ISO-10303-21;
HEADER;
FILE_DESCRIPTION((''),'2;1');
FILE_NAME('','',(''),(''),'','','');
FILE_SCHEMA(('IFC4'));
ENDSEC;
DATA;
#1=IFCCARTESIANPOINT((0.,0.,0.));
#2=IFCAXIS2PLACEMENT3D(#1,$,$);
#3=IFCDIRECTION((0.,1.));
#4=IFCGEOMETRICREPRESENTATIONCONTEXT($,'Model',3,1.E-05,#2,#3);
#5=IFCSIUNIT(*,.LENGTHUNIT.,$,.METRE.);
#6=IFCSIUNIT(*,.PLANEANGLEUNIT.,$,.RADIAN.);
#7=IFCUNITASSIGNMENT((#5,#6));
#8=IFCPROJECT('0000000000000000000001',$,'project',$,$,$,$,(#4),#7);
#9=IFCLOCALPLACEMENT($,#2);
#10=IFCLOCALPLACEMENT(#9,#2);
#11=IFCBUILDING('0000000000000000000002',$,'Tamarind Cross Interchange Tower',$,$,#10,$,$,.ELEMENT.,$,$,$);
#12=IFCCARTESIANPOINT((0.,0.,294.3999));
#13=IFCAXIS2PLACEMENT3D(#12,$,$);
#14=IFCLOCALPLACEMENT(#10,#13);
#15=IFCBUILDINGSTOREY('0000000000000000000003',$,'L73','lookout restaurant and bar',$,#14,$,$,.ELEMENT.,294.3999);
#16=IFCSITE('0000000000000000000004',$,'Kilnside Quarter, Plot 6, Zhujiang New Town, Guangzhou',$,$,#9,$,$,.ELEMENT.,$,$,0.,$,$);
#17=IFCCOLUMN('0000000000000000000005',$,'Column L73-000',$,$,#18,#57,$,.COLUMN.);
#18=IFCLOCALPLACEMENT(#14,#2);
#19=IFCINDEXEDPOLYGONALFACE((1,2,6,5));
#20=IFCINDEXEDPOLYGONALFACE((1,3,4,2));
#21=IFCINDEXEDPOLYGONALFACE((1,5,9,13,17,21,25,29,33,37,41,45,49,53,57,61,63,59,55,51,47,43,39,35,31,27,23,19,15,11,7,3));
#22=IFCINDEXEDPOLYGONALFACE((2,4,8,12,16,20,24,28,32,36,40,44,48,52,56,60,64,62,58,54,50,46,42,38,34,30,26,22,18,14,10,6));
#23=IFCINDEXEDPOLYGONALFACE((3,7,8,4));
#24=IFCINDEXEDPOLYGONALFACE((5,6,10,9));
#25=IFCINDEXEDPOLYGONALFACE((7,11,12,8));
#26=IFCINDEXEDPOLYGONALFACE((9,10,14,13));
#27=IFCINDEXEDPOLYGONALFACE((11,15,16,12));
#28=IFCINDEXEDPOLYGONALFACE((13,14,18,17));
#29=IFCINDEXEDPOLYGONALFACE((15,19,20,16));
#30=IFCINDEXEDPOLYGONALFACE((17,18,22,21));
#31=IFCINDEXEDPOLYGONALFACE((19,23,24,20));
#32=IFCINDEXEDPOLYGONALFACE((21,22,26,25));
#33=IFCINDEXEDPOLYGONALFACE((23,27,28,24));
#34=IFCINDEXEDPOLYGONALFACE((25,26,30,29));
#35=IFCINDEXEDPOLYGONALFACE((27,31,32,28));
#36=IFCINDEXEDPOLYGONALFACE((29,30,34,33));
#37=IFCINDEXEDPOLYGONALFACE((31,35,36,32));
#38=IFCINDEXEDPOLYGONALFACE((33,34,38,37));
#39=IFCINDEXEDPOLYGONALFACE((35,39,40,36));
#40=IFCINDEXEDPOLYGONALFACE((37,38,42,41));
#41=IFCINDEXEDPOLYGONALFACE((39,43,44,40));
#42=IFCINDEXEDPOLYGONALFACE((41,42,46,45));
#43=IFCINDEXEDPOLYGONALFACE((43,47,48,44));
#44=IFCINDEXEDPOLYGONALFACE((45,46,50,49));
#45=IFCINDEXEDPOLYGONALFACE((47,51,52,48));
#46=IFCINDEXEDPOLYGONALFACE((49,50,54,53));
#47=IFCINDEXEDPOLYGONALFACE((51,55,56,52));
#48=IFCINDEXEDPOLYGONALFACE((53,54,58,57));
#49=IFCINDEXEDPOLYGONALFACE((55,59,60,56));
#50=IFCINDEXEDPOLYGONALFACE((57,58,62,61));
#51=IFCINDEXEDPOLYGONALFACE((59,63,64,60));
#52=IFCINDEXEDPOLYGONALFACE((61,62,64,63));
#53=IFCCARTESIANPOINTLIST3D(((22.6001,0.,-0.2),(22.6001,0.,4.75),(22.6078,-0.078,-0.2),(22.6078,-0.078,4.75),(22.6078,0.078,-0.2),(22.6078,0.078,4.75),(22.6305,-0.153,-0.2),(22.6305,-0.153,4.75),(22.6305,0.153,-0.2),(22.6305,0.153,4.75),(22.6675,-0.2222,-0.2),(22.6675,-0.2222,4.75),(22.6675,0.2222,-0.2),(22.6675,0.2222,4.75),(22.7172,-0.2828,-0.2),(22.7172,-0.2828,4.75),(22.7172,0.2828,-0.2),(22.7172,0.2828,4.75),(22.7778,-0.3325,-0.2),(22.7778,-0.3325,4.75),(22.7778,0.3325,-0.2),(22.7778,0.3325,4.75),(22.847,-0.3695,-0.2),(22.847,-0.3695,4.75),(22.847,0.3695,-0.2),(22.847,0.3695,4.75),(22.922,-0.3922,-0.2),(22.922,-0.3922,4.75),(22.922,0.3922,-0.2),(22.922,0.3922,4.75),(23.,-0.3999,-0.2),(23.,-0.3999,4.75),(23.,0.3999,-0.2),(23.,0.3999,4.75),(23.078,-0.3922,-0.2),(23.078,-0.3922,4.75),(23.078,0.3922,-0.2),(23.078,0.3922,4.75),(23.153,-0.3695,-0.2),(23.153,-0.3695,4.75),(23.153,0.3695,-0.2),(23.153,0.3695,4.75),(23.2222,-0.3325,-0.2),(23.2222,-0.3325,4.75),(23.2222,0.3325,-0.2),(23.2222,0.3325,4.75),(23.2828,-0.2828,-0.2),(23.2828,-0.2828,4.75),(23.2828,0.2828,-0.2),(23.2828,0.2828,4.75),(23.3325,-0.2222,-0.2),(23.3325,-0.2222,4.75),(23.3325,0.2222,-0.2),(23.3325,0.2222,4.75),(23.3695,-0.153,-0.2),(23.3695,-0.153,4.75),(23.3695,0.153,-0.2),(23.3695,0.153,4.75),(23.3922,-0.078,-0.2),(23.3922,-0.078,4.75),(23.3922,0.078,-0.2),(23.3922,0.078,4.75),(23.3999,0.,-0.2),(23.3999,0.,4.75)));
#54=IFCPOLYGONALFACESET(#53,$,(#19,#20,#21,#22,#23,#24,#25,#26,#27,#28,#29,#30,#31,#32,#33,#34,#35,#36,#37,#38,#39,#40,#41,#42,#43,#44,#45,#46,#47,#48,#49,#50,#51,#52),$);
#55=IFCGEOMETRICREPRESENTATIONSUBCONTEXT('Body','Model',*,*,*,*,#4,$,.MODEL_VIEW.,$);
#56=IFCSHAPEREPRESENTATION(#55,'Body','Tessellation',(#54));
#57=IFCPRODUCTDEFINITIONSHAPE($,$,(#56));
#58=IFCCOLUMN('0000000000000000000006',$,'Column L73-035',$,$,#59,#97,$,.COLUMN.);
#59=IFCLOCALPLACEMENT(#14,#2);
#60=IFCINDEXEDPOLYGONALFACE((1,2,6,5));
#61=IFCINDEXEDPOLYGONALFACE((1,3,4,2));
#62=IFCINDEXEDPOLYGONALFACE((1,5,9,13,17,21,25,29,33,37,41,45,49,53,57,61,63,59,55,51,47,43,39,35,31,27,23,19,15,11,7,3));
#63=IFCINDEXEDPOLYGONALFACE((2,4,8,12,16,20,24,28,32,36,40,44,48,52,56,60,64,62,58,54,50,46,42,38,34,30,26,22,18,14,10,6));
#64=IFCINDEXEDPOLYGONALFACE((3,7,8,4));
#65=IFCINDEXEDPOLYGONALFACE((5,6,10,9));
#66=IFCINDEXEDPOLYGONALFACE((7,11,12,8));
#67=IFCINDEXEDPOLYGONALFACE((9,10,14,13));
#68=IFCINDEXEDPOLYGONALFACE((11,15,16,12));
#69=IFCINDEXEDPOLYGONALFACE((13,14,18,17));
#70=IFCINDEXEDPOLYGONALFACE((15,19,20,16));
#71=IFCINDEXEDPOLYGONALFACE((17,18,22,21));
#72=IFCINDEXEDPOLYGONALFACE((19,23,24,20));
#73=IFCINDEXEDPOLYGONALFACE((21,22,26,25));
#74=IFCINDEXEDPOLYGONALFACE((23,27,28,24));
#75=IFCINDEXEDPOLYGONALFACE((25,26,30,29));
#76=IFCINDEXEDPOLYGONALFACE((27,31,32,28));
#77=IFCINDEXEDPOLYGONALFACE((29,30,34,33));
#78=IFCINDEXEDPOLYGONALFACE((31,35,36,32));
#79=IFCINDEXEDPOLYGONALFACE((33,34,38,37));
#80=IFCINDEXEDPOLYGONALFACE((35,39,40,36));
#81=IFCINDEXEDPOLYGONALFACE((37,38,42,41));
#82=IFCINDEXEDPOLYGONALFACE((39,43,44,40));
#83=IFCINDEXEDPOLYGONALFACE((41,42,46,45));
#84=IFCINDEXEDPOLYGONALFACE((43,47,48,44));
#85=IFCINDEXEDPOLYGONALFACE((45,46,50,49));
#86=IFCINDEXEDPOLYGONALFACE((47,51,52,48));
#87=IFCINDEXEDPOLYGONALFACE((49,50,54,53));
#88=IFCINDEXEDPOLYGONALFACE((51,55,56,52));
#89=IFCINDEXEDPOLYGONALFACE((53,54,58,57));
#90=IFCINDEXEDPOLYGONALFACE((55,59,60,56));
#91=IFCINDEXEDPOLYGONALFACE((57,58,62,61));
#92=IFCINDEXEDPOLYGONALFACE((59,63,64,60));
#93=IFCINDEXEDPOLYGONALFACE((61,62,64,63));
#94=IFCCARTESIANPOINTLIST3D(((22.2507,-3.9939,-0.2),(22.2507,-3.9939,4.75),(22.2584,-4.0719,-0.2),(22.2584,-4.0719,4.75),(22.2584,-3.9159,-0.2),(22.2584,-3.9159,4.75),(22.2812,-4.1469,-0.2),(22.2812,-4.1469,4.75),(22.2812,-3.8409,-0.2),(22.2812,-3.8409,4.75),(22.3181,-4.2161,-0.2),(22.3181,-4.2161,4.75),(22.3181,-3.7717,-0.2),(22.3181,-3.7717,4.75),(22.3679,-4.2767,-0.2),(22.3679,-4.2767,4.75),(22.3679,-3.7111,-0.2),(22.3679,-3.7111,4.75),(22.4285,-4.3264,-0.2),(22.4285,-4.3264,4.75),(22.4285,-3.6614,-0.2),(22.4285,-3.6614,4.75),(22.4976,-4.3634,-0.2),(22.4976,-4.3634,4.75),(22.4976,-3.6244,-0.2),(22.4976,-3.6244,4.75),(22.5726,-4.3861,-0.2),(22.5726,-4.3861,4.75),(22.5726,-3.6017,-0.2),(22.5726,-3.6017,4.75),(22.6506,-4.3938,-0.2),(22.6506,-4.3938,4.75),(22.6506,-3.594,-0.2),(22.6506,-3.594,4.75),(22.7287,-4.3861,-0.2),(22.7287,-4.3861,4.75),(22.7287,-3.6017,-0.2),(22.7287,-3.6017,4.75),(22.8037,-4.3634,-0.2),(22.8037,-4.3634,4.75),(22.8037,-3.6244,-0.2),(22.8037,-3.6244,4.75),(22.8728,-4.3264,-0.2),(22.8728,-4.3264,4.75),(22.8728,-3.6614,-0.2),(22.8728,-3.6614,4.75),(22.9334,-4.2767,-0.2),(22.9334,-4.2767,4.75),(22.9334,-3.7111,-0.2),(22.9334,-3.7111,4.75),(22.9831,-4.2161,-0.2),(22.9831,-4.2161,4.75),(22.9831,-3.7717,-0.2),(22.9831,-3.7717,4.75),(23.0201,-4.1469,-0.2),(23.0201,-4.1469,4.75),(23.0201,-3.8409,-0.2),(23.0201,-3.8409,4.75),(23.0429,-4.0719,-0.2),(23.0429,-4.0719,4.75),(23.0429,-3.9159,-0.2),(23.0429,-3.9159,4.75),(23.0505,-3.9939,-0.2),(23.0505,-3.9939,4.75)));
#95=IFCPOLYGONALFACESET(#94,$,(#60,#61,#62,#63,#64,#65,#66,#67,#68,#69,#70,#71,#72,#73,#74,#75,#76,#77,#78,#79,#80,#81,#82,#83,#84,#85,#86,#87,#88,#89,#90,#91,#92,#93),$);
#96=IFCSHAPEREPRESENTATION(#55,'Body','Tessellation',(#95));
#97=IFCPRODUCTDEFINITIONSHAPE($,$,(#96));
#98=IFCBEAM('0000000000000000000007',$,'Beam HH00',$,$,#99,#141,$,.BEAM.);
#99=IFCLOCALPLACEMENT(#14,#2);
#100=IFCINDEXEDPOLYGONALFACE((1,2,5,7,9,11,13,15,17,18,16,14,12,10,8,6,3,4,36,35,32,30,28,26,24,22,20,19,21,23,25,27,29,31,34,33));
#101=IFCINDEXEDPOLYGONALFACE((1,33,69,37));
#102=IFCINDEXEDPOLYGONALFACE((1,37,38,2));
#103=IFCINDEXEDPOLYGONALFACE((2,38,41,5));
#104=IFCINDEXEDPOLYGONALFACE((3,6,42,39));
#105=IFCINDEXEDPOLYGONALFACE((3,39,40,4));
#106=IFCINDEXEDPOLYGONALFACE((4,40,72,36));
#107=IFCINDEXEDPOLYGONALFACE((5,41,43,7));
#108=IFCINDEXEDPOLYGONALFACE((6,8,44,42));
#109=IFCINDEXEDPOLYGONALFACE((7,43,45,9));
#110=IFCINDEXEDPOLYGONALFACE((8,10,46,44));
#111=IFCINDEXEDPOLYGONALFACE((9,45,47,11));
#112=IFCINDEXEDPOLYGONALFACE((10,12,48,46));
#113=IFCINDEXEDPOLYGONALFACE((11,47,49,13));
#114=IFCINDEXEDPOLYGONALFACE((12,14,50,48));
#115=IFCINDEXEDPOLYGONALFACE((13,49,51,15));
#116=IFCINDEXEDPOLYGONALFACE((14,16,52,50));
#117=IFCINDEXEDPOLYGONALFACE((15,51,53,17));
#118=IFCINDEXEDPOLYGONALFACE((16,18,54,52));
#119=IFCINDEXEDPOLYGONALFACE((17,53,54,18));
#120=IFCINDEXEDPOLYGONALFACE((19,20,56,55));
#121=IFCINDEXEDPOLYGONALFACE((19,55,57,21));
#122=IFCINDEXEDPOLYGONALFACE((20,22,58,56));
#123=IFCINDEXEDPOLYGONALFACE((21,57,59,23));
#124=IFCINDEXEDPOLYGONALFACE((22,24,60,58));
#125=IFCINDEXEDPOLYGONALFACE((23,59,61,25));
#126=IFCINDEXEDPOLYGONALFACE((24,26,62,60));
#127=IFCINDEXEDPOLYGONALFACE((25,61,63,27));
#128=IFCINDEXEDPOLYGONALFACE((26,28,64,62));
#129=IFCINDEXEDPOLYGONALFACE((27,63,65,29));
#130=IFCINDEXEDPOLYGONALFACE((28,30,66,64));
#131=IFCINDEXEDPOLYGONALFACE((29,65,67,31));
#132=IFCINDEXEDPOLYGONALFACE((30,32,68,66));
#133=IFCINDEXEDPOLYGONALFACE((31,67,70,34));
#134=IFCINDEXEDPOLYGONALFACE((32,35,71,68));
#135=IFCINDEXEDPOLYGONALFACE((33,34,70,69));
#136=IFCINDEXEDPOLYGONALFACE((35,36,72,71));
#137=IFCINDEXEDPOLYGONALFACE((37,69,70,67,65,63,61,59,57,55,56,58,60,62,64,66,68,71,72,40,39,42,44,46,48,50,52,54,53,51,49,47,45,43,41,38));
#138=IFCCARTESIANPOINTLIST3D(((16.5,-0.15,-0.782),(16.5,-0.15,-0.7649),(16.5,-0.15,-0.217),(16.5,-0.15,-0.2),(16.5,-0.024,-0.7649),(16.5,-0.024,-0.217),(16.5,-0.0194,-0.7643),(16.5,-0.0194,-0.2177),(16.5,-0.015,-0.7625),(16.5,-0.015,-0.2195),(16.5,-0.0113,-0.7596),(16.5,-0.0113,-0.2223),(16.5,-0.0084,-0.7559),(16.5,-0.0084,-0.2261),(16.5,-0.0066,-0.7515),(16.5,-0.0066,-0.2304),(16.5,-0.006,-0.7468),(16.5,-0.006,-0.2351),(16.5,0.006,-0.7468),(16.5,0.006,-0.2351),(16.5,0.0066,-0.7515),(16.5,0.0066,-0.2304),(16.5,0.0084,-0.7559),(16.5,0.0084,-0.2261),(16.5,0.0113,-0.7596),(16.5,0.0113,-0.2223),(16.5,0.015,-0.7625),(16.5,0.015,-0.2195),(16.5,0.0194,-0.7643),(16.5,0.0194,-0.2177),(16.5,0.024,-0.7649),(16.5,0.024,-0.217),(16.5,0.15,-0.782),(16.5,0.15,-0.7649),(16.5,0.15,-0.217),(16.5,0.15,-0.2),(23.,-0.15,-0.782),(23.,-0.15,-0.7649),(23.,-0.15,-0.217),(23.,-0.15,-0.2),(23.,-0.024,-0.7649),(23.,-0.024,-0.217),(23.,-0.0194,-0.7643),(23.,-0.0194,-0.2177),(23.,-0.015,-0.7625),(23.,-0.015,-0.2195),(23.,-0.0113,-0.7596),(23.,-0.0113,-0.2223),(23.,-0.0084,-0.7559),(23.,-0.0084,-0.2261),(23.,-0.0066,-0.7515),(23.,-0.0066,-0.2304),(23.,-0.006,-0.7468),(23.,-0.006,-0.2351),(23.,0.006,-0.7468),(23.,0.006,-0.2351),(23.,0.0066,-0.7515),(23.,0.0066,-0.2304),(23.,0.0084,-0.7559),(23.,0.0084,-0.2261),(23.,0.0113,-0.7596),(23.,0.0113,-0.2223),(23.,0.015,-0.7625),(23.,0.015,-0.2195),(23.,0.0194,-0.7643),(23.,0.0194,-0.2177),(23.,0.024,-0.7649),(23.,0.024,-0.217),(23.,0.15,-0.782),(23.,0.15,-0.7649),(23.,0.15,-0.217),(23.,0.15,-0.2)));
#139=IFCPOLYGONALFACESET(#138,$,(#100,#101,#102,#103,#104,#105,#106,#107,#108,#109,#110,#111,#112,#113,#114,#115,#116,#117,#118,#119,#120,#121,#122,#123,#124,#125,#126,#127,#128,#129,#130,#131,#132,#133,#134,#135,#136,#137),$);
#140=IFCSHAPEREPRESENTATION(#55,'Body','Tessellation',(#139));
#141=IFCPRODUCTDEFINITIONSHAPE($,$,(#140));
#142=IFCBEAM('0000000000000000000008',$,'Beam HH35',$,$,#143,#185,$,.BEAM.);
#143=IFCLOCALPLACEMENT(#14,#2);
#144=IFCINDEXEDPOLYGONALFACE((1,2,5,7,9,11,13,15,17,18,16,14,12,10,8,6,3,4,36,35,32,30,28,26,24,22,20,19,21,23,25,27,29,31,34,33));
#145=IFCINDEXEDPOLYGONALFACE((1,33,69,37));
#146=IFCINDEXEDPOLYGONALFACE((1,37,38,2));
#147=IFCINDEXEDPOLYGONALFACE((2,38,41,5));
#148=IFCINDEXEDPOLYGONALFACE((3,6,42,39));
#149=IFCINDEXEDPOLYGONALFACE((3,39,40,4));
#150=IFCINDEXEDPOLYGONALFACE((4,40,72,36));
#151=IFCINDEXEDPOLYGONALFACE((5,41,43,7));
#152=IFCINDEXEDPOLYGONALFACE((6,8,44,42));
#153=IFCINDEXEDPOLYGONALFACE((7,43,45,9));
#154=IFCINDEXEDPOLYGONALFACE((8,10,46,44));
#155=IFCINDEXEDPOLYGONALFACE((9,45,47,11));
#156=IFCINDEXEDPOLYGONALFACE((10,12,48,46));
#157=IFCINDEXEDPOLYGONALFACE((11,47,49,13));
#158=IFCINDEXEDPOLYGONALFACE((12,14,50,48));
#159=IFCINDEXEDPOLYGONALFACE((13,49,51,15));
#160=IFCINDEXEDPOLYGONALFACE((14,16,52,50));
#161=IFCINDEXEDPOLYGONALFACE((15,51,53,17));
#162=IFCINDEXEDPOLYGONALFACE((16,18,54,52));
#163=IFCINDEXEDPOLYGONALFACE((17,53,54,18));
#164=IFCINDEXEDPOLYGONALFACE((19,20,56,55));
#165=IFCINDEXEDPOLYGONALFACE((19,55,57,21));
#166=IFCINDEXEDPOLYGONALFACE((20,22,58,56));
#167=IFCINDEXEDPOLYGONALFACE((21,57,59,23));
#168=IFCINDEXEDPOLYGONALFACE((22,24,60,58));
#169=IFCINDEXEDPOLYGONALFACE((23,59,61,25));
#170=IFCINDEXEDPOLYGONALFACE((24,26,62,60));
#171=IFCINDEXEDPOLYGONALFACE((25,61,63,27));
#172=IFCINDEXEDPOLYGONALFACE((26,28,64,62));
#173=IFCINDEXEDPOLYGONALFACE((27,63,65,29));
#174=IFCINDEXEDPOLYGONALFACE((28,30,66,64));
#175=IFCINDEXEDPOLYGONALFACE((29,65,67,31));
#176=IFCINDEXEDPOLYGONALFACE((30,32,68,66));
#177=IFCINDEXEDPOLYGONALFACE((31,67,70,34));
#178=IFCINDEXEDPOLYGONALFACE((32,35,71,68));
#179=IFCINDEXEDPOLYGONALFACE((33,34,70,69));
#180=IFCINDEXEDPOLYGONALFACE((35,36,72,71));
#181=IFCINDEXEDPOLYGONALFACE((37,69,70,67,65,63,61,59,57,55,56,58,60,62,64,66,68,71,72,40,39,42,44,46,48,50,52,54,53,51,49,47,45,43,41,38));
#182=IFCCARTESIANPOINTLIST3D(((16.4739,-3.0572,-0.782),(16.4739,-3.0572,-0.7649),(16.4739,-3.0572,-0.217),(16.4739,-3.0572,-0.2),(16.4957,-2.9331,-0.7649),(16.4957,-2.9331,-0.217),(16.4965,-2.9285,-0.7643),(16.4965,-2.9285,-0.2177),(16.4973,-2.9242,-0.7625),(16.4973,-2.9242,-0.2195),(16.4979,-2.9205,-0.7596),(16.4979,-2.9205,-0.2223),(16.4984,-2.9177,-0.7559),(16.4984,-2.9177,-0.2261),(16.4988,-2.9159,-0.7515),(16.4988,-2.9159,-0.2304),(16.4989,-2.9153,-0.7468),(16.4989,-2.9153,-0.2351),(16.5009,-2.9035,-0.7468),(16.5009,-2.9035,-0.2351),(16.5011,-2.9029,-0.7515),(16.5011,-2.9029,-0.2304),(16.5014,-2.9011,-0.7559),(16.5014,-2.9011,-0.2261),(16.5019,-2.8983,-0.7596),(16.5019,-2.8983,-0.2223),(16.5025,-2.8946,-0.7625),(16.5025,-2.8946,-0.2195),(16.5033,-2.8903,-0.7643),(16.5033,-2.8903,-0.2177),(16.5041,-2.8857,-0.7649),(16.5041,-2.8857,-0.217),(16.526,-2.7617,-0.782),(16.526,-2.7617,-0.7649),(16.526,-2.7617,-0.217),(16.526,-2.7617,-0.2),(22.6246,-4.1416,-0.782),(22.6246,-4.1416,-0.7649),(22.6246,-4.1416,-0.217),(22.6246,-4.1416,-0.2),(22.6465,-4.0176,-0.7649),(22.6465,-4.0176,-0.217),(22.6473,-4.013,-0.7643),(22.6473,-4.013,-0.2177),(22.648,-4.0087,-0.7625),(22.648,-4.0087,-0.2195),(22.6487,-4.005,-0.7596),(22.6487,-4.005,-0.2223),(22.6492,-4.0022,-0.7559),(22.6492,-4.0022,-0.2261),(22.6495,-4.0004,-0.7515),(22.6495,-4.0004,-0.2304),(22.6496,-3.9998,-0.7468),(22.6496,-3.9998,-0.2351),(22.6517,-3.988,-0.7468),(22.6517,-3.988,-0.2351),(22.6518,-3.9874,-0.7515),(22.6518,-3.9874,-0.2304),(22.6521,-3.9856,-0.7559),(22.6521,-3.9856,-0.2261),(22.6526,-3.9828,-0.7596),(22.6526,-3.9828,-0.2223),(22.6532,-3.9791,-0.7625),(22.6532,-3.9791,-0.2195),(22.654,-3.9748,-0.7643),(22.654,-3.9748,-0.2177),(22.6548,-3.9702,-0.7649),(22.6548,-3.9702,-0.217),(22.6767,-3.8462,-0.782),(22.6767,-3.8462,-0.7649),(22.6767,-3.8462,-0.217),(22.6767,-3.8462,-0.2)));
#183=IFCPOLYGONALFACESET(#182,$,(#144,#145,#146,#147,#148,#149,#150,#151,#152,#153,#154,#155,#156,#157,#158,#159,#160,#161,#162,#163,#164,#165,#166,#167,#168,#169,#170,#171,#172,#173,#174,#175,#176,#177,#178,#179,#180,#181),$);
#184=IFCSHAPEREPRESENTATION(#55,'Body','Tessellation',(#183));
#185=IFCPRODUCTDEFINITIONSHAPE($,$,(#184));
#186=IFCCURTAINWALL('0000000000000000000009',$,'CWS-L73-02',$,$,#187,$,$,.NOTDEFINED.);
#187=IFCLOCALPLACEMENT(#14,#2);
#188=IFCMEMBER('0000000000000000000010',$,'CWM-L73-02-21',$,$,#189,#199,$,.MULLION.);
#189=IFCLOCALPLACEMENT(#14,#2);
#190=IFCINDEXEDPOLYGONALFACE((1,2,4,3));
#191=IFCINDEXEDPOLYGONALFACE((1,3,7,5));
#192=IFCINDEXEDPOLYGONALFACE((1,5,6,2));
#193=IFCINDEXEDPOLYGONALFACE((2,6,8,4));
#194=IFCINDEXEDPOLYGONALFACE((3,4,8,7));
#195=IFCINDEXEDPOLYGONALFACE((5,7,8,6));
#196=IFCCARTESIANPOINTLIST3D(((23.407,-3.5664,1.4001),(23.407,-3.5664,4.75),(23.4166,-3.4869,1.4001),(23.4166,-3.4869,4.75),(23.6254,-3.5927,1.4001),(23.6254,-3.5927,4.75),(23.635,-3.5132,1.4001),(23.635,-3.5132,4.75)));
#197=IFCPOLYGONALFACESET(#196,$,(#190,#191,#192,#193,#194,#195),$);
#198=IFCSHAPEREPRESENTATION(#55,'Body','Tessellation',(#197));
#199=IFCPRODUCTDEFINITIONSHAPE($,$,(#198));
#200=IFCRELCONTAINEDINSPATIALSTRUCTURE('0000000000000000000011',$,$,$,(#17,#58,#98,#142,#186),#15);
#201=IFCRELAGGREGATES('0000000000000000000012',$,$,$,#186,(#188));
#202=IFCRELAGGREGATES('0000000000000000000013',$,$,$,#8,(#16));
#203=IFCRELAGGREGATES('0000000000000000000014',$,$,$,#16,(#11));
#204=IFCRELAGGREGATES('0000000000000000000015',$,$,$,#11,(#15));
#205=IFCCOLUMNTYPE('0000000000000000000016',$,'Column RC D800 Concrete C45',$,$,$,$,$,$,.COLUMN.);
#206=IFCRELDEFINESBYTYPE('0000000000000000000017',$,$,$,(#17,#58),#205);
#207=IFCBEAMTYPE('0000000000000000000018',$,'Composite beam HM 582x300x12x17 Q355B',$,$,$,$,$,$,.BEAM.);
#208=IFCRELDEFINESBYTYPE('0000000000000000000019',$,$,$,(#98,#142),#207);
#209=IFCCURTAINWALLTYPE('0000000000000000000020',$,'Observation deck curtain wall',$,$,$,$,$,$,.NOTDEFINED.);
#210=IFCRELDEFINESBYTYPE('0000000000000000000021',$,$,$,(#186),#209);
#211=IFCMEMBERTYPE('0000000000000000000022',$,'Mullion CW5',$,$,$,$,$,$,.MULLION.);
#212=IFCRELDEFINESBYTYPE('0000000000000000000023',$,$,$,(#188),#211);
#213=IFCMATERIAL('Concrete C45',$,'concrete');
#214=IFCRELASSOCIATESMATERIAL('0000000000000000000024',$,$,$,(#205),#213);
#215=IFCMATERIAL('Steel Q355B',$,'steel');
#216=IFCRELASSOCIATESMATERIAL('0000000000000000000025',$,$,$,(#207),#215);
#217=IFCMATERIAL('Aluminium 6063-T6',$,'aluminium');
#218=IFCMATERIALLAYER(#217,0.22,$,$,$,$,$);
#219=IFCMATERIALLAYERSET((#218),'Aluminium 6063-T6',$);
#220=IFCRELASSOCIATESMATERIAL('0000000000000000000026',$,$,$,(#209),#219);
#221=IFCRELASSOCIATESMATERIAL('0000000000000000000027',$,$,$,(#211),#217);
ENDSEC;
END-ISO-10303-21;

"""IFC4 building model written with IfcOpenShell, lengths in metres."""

from ifc_helpers import new_model, si_unit, direction, frame, origin, origin_2d, place, context, subcontext, project, spatial, rectangle, circle, i_section, extrude, material, layer, layer_set, material_profile, profile_set, type_object, element, aggregate, save


model = new_model("IFC4")

# Units and contexts
model_context = context("Model", 3, precision=1e-05, world=origin(), true_north=direction((0.0, 1.0)))
body_context = subcontext(model_context, "Body", "Model", "MODEL_VIEW")
ifc_project = project(units=[si_unit("LENGTHUNIT", "METRE"), si_unit("PLANEANGLEUNIT", "RADIAN")], contexts=[model_context])

# Site, building, storey
site_placement = place(None, origin())
site = spatial("IfcSite", under=ifc_project, at=site_placement, Name="Kilnside Quarter, Plot 6, Zhujiang New Town, Guangzhou", CompositionType="ELEMENT", RefElevation=0.0)
building_placement = place(site_placement, origin())
building = spatial("IfcBuilding", under=site, at=building_placement, Name="Tamarind Cross Interchange Tower", CompositionType="ELEMENT")
storey_placement = place(building_placement, frame((0.0, 0.0, 294.3999)))
storey = spatial("IfcBuildingStorey", under=building, at=storey_placement, Name="L73", Description="lookout restaurant and bar", CompositionType="ELEMENT", Elevation=294.3999)

# Columns
ifc_material_1 = material(Name="Concrete C45", Category="concrete")
ifc_material_profile_1 = material_profile(ifc_material_1, circle(Radius=0.3999, at=origin_2d()), Name="RC D800")
ifc_profile_set_1 = profile_set([ifc_material_profile_1], Name="Concrete C45")
column_type = type_object("IfcColumnType", Name="Column RC D800 Concrete C45", PredefinedType="COLUMN", material=ifc_profile_set_1)
for number, where, z_axis, x_axis, name in (
    (1, (23.0, 0.0, -0.2), (0.0, 0.0, 1.0), (1.0, 0.0, 0.0), "Column L73-000"),
    (2, (22.6506, -3.9939, -0.2), (0.0, 0.0, 1.0), (1.0, 0.0, 0.0), "Column L73-035"),
):
    element("IfcColumn", number, at=place(storey_placement, frame(where, z_axis=z_axis, x_axis=x_axis)), inside=storey, type_object=column_type, Name=name, PredefinedType="COLUMN", context=body_context, shape_type="SweptSolid", body=[
        extrude(circle(Radius=0.3999, at=origin_2d()), origin(), (0.0, 0.0, 1.0), 4.95),
    ])

# Beams
ifc_material_2 = material(Name="Steel Q355B", Category="steel")
ifc_material_profile_2 = material_profile(ifc_material_2, i_section(OverallWidth=0.3, OverallDepth=0.582, WebThickness=0.012, FlangeThickness=0.0171, FilletRadius=0.0181, at=origin_2d()), Name="HM 582x300x12x17")
ifc_profile_set_2 = profile_set([ifc_material_profile_2], Name="Steel Q355B")
beam_type = type_object("IfcBeamType", Name="Composite beam HM 582x300x12x17 Q355B", PredefinedType="BEAM", material=ifc_profile_set_2)
beam_1_placement = place(storey_placement, frame((23.0, 0.0, -0.491), z_axis=(-1.0, 0.0, 0.0), x_axis=(0.0, -1.0, 0.0)))
element("IfcBeam", 3, at=beam_1_placement, inside=storey, type_object=beam_type, Name="Beam HH00", PredefinedType="BEAM", context=body_context, shape_type="SweptSolid", body=[
    extrude(i_section(OverallWidth=0.3, OverallDepth=0.582, WebThickness=0.012, FlangeThickness=0.0171, FilletRadius=0.0181, at=origin_2d()), origin(), (0.0, 0.0, 1.0), 6.5),
])
beam_2_placement = place(storey_placement, frame((22.6506, -3.9939, -0.491), z_axis=(-0.984809, 0.17364, 0.0), x_axis=(-0.17364, -0.984809, 0.0)))
element("IfcBeam", 4, at=beam_2_placement, inside=storey, type_object=beam_type, Name="Beam HH35", PredefinedType="BEAM", context=body_context, shape_type="SweptSolid", body=[
    extrude(i_section(OverallWidth=0.3, OverallDepth=0.582, WebThickness=0.012, FlangeThickness=0.0171, FilletRadius=0.0181, at=origin_2d()), origin(), (0.0, 0.0, 1.0), 6.2456),
])

# Curtain wall, member
ifc_material_3 = material(Name="Aluminium 6063-T6", Category="aluminium")
ifc_layer_1 = layer(ifc_material_3, 0.22)
ifc_layer_set_1 = layer_set([ifc_layer_1], Name="Aluminium 6063-T6")
curtain_wall_type = type_object("IfcCurtainWallType", Name="Observation deck curtain wall", PredefinedType="NOTDEFINED", material=ifc_layer_set_1)
curtain_wall_placement = place(storey_placement, origin())
curtain_wall = element("IfcCurtainWall", 5, at=curtain_wall_placement, inside=storey, type_object=curtain_wall_type, Name="CWS-L73-02", PredefinedType="NOTDEFINED")
ifc_material_profile_3 = material_profile(ifc_material_3, rectangle(XDim=0.0801, YDim=0.22, at=origin_2d()), Name="Mullion CW5")
ifc_profile_set_3 = profile_set([ifc_material_profile_3], Name="Aluminium 6063-T6")
member_type = type_object("IfcMemberType", Name="Mullion CW5", PredefinedType="MULLION", material=ifc_profile_set_3)
member_placement = place(storey_placement, frame((23.521, -3.5398, 1.4001), z_axis=(0.0, 0.0, 1.0), x_axis=(0.119421, 0.992844, 0.0)))
member = element("IfcMember", 6, at=member_placement, type_object=member_type, Name="CWM-L73-02-21", PredefinedType="MULLION", context=body_context, shape_type="SweptSolid", body=[
    extrude(rectangle(XDim=0.0801, YDim=0.22, at=origin_2d()), origin(), (0.0, 0.0, 1.0), 3.3499),
])
aggregate(curtain_wall, [member])

save(model, "model.ifc")
